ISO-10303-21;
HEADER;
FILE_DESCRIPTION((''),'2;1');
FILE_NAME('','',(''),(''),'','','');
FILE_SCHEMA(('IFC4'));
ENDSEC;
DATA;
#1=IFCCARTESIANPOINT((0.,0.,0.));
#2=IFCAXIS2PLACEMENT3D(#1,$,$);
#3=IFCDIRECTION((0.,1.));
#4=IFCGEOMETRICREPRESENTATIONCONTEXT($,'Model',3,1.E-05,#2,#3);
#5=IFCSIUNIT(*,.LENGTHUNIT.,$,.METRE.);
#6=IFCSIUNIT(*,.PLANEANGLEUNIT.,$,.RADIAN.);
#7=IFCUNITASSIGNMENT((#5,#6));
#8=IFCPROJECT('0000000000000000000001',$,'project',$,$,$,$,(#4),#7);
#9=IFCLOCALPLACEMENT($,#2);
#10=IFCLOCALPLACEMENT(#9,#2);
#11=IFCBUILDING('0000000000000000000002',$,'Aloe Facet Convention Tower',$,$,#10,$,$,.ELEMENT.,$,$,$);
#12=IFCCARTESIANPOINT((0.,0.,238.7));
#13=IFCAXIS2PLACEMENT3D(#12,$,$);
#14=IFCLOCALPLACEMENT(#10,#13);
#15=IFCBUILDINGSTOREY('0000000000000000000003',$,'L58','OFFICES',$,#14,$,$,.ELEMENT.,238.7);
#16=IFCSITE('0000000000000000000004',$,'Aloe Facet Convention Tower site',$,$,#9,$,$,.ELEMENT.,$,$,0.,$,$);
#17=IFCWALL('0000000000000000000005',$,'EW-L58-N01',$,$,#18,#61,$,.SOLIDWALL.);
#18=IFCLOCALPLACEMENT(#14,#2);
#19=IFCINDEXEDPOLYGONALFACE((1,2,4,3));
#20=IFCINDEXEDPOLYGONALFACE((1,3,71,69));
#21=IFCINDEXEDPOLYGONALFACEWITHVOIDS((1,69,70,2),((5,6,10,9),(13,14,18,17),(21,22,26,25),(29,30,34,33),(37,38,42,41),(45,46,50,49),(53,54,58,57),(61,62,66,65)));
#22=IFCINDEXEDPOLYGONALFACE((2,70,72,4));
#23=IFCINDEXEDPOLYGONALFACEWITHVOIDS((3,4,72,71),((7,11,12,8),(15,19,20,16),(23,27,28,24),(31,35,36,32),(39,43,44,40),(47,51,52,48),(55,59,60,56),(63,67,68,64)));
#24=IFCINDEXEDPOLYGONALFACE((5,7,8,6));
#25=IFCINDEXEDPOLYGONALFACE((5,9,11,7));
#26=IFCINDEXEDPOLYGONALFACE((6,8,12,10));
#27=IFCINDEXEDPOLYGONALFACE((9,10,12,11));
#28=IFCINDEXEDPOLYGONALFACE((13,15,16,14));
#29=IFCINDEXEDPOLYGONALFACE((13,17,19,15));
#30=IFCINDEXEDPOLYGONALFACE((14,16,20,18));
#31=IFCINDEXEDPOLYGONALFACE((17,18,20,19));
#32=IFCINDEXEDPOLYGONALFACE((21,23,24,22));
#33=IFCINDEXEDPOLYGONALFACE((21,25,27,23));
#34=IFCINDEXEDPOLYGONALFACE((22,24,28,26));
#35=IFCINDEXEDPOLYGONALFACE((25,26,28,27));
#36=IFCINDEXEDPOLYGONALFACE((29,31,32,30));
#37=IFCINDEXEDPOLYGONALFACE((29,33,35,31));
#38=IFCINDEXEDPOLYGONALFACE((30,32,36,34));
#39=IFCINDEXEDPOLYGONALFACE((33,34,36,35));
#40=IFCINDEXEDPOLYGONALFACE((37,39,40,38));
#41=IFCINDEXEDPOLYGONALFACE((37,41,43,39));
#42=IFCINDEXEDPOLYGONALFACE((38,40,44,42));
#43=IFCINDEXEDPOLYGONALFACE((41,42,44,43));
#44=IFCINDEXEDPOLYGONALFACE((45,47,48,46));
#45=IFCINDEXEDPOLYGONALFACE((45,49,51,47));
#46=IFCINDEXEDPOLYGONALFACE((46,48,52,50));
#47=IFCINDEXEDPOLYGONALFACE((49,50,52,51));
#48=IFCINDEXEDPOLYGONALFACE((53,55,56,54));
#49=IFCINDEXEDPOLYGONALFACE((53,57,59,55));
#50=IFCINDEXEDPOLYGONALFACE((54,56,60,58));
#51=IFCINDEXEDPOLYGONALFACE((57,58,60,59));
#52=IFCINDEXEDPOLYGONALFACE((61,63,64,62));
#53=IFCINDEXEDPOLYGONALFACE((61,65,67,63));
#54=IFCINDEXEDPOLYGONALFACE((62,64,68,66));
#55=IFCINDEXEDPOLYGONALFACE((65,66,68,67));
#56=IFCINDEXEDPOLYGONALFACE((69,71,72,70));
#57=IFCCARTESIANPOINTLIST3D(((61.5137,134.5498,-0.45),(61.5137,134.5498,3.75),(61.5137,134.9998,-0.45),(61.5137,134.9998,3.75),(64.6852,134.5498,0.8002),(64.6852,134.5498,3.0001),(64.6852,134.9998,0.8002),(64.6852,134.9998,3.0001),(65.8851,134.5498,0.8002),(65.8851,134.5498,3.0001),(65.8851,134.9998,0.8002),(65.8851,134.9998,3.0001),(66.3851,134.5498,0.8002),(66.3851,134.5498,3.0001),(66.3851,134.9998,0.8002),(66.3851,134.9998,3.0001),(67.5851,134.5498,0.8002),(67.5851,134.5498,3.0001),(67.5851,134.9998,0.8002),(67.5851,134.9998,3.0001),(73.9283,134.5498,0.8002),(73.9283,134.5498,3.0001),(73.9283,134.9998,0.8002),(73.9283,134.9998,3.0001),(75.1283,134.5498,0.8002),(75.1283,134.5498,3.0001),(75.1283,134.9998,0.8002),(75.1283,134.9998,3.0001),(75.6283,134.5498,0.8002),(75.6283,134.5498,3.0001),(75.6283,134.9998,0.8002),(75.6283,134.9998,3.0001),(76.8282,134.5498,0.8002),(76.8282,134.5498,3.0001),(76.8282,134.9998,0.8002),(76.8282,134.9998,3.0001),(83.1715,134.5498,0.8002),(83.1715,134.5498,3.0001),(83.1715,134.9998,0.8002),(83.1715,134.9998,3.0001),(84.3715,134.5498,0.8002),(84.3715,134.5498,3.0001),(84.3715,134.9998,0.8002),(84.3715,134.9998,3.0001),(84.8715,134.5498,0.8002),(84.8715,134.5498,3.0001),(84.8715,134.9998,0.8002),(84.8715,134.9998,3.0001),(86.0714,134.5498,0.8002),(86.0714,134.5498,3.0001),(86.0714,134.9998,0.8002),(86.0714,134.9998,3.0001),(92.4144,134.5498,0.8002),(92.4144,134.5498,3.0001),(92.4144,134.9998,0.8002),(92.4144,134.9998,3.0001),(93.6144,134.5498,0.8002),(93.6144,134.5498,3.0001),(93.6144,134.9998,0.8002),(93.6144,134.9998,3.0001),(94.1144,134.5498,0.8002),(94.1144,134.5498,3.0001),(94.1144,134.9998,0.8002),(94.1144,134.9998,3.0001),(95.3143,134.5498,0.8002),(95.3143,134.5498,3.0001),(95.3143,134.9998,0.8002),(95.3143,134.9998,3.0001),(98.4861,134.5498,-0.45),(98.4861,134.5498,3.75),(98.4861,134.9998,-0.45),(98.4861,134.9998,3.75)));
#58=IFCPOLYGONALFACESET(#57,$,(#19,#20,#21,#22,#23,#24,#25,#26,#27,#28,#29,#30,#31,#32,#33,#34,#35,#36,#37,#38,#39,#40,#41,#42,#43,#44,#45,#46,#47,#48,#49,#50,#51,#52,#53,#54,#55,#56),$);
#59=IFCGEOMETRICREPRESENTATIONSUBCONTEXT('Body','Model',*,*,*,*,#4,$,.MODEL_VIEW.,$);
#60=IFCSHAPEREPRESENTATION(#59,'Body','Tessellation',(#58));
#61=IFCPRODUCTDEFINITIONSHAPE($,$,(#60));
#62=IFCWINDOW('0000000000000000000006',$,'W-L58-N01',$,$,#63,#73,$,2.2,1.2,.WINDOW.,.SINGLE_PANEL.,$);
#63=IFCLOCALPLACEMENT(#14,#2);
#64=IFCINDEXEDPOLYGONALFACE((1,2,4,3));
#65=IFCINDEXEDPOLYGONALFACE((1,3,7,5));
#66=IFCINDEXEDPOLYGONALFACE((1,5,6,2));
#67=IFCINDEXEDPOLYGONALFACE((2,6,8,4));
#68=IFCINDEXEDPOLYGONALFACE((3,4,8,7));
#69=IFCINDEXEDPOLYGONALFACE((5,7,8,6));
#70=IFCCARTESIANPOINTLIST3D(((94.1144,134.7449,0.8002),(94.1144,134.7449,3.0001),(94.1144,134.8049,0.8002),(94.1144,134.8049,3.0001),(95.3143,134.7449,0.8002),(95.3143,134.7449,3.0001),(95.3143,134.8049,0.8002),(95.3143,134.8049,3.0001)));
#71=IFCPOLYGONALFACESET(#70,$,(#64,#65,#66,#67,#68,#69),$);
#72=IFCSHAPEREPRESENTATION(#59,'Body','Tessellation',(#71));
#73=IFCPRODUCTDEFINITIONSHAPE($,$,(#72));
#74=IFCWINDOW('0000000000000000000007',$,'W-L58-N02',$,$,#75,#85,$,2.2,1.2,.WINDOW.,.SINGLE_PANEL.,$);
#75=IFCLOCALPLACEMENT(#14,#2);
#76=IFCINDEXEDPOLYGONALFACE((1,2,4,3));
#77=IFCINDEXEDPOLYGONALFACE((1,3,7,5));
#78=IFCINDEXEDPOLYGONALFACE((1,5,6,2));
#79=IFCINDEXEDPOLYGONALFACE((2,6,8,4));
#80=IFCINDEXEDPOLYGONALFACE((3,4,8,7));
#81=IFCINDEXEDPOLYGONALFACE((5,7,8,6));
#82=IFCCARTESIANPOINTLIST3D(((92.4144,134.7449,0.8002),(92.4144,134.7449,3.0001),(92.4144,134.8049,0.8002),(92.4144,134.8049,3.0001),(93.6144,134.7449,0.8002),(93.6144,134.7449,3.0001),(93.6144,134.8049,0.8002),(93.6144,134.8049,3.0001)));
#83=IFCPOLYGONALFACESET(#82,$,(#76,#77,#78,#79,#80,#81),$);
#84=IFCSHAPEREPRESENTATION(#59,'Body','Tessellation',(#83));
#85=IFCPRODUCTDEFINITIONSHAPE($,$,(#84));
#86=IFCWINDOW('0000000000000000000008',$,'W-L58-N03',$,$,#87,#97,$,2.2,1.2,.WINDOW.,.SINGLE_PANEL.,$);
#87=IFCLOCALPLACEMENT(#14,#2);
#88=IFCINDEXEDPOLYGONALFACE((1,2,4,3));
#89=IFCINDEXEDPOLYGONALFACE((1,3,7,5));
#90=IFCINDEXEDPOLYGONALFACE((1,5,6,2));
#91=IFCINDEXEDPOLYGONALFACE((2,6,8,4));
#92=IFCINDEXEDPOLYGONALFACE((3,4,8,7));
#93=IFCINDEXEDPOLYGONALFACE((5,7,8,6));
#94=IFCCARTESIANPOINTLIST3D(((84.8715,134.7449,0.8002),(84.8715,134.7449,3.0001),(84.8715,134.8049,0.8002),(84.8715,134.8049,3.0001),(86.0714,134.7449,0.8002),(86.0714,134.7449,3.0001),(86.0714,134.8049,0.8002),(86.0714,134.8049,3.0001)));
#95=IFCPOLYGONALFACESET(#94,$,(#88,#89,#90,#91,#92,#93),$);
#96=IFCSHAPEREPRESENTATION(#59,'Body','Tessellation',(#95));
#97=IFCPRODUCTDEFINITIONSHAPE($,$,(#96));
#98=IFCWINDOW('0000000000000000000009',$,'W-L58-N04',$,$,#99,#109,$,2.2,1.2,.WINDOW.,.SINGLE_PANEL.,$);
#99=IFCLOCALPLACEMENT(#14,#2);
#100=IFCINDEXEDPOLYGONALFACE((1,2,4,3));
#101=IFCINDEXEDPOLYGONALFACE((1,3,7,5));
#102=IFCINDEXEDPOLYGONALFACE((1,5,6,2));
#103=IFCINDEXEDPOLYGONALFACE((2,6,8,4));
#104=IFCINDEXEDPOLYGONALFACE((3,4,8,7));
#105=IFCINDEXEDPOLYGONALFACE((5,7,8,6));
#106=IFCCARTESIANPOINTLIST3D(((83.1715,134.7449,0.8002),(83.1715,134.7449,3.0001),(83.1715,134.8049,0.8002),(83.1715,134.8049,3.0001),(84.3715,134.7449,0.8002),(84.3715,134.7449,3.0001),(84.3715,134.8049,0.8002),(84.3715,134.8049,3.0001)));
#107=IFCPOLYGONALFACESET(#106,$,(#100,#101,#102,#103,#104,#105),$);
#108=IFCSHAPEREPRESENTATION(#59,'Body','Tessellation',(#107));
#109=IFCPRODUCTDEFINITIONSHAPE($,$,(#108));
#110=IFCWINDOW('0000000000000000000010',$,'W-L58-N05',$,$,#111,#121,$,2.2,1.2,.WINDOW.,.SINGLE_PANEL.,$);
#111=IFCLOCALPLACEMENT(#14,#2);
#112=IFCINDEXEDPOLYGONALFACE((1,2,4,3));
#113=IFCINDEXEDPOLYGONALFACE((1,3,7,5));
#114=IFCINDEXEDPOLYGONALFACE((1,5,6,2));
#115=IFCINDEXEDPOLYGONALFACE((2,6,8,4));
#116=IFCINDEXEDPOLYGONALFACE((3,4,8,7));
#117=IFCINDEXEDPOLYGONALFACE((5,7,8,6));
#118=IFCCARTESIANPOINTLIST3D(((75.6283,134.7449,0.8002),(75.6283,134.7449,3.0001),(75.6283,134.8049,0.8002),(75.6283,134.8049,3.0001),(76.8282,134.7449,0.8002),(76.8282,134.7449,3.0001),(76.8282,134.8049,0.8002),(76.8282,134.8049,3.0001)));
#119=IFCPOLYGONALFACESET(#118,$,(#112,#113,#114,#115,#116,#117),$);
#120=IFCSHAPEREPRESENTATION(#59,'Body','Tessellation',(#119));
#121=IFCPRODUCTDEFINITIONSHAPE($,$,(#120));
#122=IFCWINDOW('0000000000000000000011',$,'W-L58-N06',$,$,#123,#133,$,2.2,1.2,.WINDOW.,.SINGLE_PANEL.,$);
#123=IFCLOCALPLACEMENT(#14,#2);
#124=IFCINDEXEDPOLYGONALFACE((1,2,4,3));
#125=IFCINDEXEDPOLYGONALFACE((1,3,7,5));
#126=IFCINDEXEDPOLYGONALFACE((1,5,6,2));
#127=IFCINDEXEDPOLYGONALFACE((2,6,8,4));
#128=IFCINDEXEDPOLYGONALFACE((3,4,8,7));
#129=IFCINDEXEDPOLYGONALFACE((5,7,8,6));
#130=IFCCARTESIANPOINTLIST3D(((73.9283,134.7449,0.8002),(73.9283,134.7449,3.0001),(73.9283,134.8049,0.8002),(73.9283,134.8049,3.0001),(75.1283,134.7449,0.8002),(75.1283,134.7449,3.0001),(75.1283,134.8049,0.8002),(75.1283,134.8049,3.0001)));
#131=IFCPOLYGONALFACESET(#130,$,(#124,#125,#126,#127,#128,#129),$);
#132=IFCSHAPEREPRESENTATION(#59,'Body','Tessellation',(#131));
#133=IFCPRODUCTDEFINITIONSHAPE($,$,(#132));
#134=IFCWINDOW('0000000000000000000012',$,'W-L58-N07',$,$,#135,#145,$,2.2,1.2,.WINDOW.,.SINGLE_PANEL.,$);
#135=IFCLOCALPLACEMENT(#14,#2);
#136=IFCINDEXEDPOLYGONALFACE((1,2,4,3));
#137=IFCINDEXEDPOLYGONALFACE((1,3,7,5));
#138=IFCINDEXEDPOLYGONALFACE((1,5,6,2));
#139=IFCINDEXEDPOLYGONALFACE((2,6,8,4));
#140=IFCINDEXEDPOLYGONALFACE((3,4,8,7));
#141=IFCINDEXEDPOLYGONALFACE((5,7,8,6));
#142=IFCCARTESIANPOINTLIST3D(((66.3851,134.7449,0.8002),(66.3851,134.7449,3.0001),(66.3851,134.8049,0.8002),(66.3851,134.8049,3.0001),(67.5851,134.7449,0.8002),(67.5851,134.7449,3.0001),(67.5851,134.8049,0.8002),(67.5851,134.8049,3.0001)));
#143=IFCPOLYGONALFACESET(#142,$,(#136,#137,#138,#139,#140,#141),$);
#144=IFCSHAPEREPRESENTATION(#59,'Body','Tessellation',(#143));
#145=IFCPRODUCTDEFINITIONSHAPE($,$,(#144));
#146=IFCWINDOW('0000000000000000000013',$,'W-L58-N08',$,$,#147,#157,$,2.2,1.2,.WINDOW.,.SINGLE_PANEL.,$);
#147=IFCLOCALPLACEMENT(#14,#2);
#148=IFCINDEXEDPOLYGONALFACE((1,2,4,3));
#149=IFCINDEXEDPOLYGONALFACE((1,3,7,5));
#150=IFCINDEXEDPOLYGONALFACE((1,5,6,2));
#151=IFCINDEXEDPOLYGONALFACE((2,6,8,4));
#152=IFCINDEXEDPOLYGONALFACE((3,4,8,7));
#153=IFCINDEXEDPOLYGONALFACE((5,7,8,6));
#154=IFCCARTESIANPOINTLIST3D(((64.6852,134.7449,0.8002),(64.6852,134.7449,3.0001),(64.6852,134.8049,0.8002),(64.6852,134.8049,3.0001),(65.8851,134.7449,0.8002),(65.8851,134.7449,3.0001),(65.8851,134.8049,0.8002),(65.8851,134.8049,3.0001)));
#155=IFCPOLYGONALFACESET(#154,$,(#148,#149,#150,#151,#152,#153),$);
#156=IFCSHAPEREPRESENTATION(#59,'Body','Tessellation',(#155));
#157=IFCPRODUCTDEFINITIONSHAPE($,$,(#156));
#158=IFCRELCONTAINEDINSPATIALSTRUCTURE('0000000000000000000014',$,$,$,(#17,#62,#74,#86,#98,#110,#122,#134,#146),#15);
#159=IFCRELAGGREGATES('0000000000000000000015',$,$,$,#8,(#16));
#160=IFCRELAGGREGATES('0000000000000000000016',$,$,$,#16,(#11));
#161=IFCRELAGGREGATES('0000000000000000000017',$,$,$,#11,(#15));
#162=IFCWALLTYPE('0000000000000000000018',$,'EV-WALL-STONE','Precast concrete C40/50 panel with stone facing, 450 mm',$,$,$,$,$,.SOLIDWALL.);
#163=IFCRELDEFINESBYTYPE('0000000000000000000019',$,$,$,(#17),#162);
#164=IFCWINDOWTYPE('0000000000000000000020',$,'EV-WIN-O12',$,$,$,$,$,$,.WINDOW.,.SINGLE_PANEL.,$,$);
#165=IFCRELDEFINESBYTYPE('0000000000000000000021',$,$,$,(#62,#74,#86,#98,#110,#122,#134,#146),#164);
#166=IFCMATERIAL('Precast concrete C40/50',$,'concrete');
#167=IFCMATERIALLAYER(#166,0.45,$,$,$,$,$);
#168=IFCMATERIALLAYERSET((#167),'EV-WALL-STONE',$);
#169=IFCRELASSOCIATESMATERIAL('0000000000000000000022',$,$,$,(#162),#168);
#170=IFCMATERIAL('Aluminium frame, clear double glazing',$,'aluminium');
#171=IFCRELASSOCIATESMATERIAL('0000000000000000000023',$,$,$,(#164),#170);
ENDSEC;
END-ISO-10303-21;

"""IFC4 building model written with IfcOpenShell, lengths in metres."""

from ifc_helpers import new_model, si_unit, direction, frame, frame_2d, origin, place, context, subcontext, project, spatial, polyline, rectangle, outline, extrude, material, layer, layer_set, type_object, element, fill, save


model = new_model("IFC4")

# Units and contexts
model_context = context("Model", 3, precision=1e-05, world=origin(), true_north=direction((0.0, 1.0)))
body_context = subcontext(model_context, "Body", "Model", "MODEL_VIEW")
ifc_project = project(units=[si_unit("LENGTHUNIT", "METRE"), si_unit("PLANEANGLEUNIT", "RADIAN")], contexts=[model_context])

# Site, building, storey
site_placement = place(None, origin())
site = spatial("IfcSite", under=ifc_project, at=site_placement, Name="Aloe Facet Convention Tower site", CompositionType="ELEMENT", RefElevation=0.0)
building_placement = place(site_placement, origin())
building = spatial("IfcBuilding", under=site, at=building_placement, Name="Aloe Facet Convention Tower", CompositionType="ELEMENT")
storey_placement = place(building_placement, frame((0.0, 0.0, 238.7)))
storey = spatial("IfcBuildingStorey", under=building, at=storey_placement, Name="L58", Description="OFFICES", CompositionType="ELEMENT", Elevation=238.7)

# Wall, openings, windows
ifc_material_1 = material(Name="Precast concrete C40/50", Category="concrete")
ifc_layer_1 = layer(ifc_material_1, 0.45)
ifc_layer_set_1 = layer_set([ifc_layer_1], Name="EV-WALL-STONE")
wall_type_1 = type_object("IfcWallType", Name="EV-WALL-STONE", Description="Precast concrete C40/50 panel with stone facing, 450 mm", PredefinedType="SOLIDWALL", material=ifc_layer_set_1)
wall_1_placement = place(storey_placement, frame((98.4861, 134.7749, -0.45), z_axis=(0.0, 0.0, 1.0), x_axis=(-1.0, 0.0, 0.0)))
wall_1 = element("IfcWall", 1, at=wall_1_placement, inside=storey, type_object=wall_type_1, Name="EW-L58-N01", PredefinedType="SOLIDWALL", context=body_context, shape_type="SweptSolid", body=[
    extrude(outline(polyline([(36.9724, 0.0), (36.9724, 4.2), (0.0, 4.2), (0.0, 0.0), (36.9724, 0.0)])), frame((0.0, 0.2251, 0.0), z_axis=(0.0, -1.0, 0.0), x_axis=(1.0, 0.0, 0.0)), (0.0, 0.0, 1.0), 0.45),
])
opening_1_placement = place(wall_1_placement, frame((3.1716, 0.0, 1.25)))
opening_1 = element("IfcOpeningElement", 2, at=opening_1_placement, cuts=wall_1, PredefinedType="OPENING", context=body_context, shape_type="SweptSolid", body=[
    extrude(rectangle(XDim=1.2, YDim=2.2, at=frame_2d((0.6001, 1.1001))), frame((0.0, 0.2349, 0.0), z_axis=(0.0, -1.0, 0.0), x_axis=(1.0, 0.0, 0.0)), (0.0, 0.0, 1.0), 0.47),
])
opening_2_placement = place(wall_1_placement, frame((4.8716, 0.0, 1.25)))
opening_2 = element("IfcOpeningElement", 3, at=opening_2_placement, cuts=wall_1, PredefinedType="OPENING", context=body_context, shape_type="SweptSolid", body=[
    extrude(rectangle(XDim=1.2, YDim=2.2, at=frame_2d((0.6001, 1.1001))), frame((0.0, 0.2349, 0.0), z_axis=(0.0, -1.0, 0.0), x_axis=(1.0, 0.0, 0.0)), (0.0, 0.0, 1.0), 0.47),
])
opening_3_placement = place(wall_1_placement, frame((12.4146, 0.0, 1.25)))
opening_3 = element("IfcOpeningElement", 4, at=opening_3_placement, cuts=wall_1, PredefinedType="OPENING", context=body_context, shape_type="SweptSolid", body=[
    extrude(rectangle(XDim=1.2, YDim=2.2, at=frame_2d((0.6001, 1.1001))), frame((0.0, 0.2349, 0.0), z_axis=(0.0, -1.0, 0.0), x_axis=(1.0, 0.0, 0.0)), (0.0, 0.0, 1.0), 0.47),
])
opening_4_placement = place(wall_1_placement, frame((14.1145, 0.0, 1.25)))
opening_4 = element("IfcOpeningElement", 5, at=opening_4_placement, cuts=wall_1, PredefinedType="OPENING", context=body_context, shape_type="SweptSolid", body=[
    extrude(rectangle(XDim=1.2, YDim=2.2, at=frame_2d((0.6001, 1.1001))), frame((0.0, 0.2349, 0.0), z_axis=(0.0, -1.0, 0.0), x_axis=(1.0, 0.0, 0.0)), (0.0, 0.0, 1.0), 0.47),
])
opening_5_placement = place(wall_1_placement, frame((21.6577, 0.0, 1.25)))
opening_5 = element("IfcOpeningElement", 6, at=opening_5_placement, cuts=wall_1, PredefinedType="OPENING", context=body_context, shape_type="SweptSolid", body=[
    extrude(rectangle(XDim=1.2, YDim=2.2, at=frame_2d((0.6001, 1.1001))), frame((0.0, 0.2349, 0.0), z_axis=(0.0, -1.0, 0.0), x_axis=(1.0, 0.0, 0.0)), (0.0, 0.0, 1.0), 0.47),
])
opening_6_placement = place(wall_1_placement, frame((23.3577, 0.0, 1.25)))
opening_6 = element("IfcOpeningElement", 7, at=opening_6_placement, cuts=wall_1, PredefinedType="OPENING", context=body_context, shape_type="SweptSolid", body=[
    extrude(rectangle(XDim=1.2, YDim=2.2, at=frame_2d((0.6001, 1.1001))), frame((0.0, 0.2349, 0.0), z_axis=(0.0, -1.0, 0.0), x_axis=(1.0, 0.0, 0.0)), (0.0, 0.0, 1.0), 0.47),
])
opening_7_placement = place(wall_1_placement, frame((30.9009, 0.0, 1.25)))
opening_7 = element("IfcOpeningElement", 8, at=opening_7_placement, cuts=wall_1, PredefinedType="OPENING", context=body_context, shape_type="SweptSolid", body=[
    extrude(rectangle(XDim=1.2, YDim=2.2, at=frame_2d((0.6001, 1.1001))), frame((0.0, 0.2349, 0.0), z_axis=(0.0, -1.0, 0.0), x_axis=(1.0, 0.0, 0.0)), (0.0, 0.0, 1.0), 0.47),
])
opening_8_placement = place(wall_1_placement, frame((32.6008, 0.0, 1.25)))
opening_8 = element("IfcOpeningElement", 9, at=opening_8_placement, cuts=wall_1, PredefinedType="OPENING", context=body_context, shape_type="SweptSolid", body=[
    extrude(rectangle(XDim=1.2, YDim=2.2, at=frame_2d((0.6001, 1.1001))), frame((0.0, 0.2349, 0.0), z_axis=(0.0, -1.0, 0.0), x_axis=(1.0, 0.0, 0.0)), (0.0, 0.0, 1.0), 0.47),
])
ifc_material_2 = material(Name="Aluminium frame, clear double glazing", Category="aluminium")
window_type = type_object("IfcWindowType", Name="EV-WIN-O12", PartitioningType="SINGLE_PANEL", PredefinedType="WINDOW", material=ifc_material_2)
window_1_placement = place(opening_1_placement, origin())
window_1 = element("IfcWindow", 10, at=window_1_placement, inside=storey, type_object=window_type, Name="W-L58-N01", OverallHeight=2.2, OverallWidth=1.2, PartitioningType="SINGLE_PANEL", PredefinedType="WINDOW", context=body_context, shape_type="SweptSolid", body=[
    extrude(rectangle(XDim=1.2, YDim=2.2, at=frame_2d((0.6001, 1.1001))), frame((0.0, 0.03, 0.0), z_axis=(0.0, -1.0, 0.0), x_axis=(1.0, 0.0, 0.0)), (0.0, 0.0, 1.0), 0.0601),
])
fill(opening_1, window_1)
window_2_placement = place(opening_2_placement, origin())
window_2 = element("IfcWindow", 11, at=window_2_placement, inside=storey, type_object=window_type, Name="W-L58-N02", OverallHeight=2.2, OverallWidth=1.2, PartitioningType="SINGLE_PANEL", PredefinedType="WINDOW", context=body_context, shape_type="SweptSolid", body=[
    extrude(rectangle(XDim=1.2, YDim=2.2, at=frame_2d((0.6001, 1.1001))), frame((0.0, 0.03, 0.0), z_axis=(0.0, -1.0, 0.0), x_axis=(1.0, 0.0, 0.0)), (0.0, 0.0, 1.0), 0.0601),
])
fill(opening_2, window_2)
window_3_placement = place(opening_3_placement, origin())
window_3 = element("IfcWindow", 12, at=window_3_placement, inside=storey, type_object=window_type, Name="W-L58-N03", OverallHeight=2.2, OverallWidth=1.2, PartitioningType="SINGLE_PANEL", PredefinedType="WINDOW", context=body_context, shape_type="SweptSolid", body=[
    extrude(rectangle(XDim=1.2, YDim=2.2, at=frame_2d((0.6001, 1.1001))), frame((0.0, 0.03, 0.0), z_axis=(0.0, -1.0, 0.0), x_axis=(1.0, 0.0, 0.0)), (0.0, 0.0, 1.0), 0.0601),
])
fill(opening_3, window_3)
window_4_placement = place(opening_4_placement, origin())
window_4 = element("IfcWindow", 13, at=window_4_placement, inside=storey, type_object=window_type, Name="W-L58-N04", OverallHeight=2.2, OverallWidth=1.2, PartitioningType="SINGLE_PANEL", PredefinedType="WINDOW", context=body_context, shape_type="SweptSolid", body=[
    extrude(rectangle(XDim=1.2, YDim=2.2, at=frame_2d((0.6001, 1.1001))), frame((0.0, 0.03, 0.0), z_axis=(0.0, -1.0, 0.0), x_axis=(1.0, 0.0, 0.0)), (0.0, 0.0, 1.0), 0.0601),
])
fill(opening_4, window_4)
window_5_placement = place(opening_5_placement, origin())
window_5 = element("IfcWindow", 14, at=window_5_placement, inside=storey, type_object=window_type, Name="W-L58-N05", OverallHeight=2.2, OverallWidth=1.2, PartitioningType="SINGLE_PANEL", PredefinedType="WINDOW", context=body_context, shape_type="SweptSolid", body=[
    extrude(rectangle(XDim=1.2, YDim=2.2, at=frame_2d((0.6001, 1.1001))), frame((0.0, 0.03, 0.0), z_axis=(0.0, -1.0, 0.0), x_axis=(1.0, 0.0, 0.0)), (0.0, 0.0, 1.0), 0.0601),
])
fill(opening_5, window_5)
window_6_placement = place(opening_6_placement, origin())
window_6 = element("IfcWindow", 15, at=window_6_placement, inside=storey, type_object=window_type, Name="W-L58-N06", OverallHeight=2.2, OverallWidth=1.2, PartitioningType="SINGLE_PANEL", PredefinedType="WINDOW", context=body_context, shape_type="SweptSolid", body=[
    extrude(rectangle(XDim=1.2, YDim=2.2, at=frame_2d((0.6001, 1.1001))), frame((0.0, 0.03, 0.0), z_axis=(0.0, -1.0, 0.0), x_axis=(1.0, 0.0, 0.0)), (0.0, 0.0, 1.0), 0.0601),
])
fill(opening_6, window_6)
window_7_placement = place(opening_7_placement, origin())
window_7 = element("IfcWindow", 16, at=window_7_placement, inside=storey, type_object=window_type, Name="W-L58-N07", OverallHeight=2.2, OverallWidth=1.2, PartitioningType="SINGLE_PANEL", PredefinedType="WINDOW", context=body_context, shape_type="SweptSolid", body=[
    extrude(rectangle(XDim=1.2, YDim=2.2, at=frame_2d((0.6001, 1.1001))), frame((0.0, 0.03, 0.0), z_axis=(0.0, -1.0, 0.0), x_axis=(1.0, 0.0, 0.0)), (0.0, 0.0, 1.0), 0.0601),
])
fill(opening_7, window_7)
window_8_placement = place(opening_8_placement, origin())
window_8 = element("IfcWindow", 17, at=window_8_placement, inside=storey, type_object=window_type, Name="W-L58-N08", OverallHeight=2.2, OverallWidth=1.2, PartitioningType="SINGLE_PANEL", PredefinedType="WINDOW", context=body_context, shape_type="SweptSolid", body=[
    extrude(rectangle(XDim=1.2, YDim=2.2, at=frame_2d((0.6001, 1.1001))), frame((0.0, 0.03, 0.0), z_axis=(0.0, -1.0, 0.0), x_axis=(1.0, 0.0, 0.0)), (0.0, 0.0, 1.0), 0.0601),
])
fill(opening_8, window_8)

save(model, "model.ifc")
